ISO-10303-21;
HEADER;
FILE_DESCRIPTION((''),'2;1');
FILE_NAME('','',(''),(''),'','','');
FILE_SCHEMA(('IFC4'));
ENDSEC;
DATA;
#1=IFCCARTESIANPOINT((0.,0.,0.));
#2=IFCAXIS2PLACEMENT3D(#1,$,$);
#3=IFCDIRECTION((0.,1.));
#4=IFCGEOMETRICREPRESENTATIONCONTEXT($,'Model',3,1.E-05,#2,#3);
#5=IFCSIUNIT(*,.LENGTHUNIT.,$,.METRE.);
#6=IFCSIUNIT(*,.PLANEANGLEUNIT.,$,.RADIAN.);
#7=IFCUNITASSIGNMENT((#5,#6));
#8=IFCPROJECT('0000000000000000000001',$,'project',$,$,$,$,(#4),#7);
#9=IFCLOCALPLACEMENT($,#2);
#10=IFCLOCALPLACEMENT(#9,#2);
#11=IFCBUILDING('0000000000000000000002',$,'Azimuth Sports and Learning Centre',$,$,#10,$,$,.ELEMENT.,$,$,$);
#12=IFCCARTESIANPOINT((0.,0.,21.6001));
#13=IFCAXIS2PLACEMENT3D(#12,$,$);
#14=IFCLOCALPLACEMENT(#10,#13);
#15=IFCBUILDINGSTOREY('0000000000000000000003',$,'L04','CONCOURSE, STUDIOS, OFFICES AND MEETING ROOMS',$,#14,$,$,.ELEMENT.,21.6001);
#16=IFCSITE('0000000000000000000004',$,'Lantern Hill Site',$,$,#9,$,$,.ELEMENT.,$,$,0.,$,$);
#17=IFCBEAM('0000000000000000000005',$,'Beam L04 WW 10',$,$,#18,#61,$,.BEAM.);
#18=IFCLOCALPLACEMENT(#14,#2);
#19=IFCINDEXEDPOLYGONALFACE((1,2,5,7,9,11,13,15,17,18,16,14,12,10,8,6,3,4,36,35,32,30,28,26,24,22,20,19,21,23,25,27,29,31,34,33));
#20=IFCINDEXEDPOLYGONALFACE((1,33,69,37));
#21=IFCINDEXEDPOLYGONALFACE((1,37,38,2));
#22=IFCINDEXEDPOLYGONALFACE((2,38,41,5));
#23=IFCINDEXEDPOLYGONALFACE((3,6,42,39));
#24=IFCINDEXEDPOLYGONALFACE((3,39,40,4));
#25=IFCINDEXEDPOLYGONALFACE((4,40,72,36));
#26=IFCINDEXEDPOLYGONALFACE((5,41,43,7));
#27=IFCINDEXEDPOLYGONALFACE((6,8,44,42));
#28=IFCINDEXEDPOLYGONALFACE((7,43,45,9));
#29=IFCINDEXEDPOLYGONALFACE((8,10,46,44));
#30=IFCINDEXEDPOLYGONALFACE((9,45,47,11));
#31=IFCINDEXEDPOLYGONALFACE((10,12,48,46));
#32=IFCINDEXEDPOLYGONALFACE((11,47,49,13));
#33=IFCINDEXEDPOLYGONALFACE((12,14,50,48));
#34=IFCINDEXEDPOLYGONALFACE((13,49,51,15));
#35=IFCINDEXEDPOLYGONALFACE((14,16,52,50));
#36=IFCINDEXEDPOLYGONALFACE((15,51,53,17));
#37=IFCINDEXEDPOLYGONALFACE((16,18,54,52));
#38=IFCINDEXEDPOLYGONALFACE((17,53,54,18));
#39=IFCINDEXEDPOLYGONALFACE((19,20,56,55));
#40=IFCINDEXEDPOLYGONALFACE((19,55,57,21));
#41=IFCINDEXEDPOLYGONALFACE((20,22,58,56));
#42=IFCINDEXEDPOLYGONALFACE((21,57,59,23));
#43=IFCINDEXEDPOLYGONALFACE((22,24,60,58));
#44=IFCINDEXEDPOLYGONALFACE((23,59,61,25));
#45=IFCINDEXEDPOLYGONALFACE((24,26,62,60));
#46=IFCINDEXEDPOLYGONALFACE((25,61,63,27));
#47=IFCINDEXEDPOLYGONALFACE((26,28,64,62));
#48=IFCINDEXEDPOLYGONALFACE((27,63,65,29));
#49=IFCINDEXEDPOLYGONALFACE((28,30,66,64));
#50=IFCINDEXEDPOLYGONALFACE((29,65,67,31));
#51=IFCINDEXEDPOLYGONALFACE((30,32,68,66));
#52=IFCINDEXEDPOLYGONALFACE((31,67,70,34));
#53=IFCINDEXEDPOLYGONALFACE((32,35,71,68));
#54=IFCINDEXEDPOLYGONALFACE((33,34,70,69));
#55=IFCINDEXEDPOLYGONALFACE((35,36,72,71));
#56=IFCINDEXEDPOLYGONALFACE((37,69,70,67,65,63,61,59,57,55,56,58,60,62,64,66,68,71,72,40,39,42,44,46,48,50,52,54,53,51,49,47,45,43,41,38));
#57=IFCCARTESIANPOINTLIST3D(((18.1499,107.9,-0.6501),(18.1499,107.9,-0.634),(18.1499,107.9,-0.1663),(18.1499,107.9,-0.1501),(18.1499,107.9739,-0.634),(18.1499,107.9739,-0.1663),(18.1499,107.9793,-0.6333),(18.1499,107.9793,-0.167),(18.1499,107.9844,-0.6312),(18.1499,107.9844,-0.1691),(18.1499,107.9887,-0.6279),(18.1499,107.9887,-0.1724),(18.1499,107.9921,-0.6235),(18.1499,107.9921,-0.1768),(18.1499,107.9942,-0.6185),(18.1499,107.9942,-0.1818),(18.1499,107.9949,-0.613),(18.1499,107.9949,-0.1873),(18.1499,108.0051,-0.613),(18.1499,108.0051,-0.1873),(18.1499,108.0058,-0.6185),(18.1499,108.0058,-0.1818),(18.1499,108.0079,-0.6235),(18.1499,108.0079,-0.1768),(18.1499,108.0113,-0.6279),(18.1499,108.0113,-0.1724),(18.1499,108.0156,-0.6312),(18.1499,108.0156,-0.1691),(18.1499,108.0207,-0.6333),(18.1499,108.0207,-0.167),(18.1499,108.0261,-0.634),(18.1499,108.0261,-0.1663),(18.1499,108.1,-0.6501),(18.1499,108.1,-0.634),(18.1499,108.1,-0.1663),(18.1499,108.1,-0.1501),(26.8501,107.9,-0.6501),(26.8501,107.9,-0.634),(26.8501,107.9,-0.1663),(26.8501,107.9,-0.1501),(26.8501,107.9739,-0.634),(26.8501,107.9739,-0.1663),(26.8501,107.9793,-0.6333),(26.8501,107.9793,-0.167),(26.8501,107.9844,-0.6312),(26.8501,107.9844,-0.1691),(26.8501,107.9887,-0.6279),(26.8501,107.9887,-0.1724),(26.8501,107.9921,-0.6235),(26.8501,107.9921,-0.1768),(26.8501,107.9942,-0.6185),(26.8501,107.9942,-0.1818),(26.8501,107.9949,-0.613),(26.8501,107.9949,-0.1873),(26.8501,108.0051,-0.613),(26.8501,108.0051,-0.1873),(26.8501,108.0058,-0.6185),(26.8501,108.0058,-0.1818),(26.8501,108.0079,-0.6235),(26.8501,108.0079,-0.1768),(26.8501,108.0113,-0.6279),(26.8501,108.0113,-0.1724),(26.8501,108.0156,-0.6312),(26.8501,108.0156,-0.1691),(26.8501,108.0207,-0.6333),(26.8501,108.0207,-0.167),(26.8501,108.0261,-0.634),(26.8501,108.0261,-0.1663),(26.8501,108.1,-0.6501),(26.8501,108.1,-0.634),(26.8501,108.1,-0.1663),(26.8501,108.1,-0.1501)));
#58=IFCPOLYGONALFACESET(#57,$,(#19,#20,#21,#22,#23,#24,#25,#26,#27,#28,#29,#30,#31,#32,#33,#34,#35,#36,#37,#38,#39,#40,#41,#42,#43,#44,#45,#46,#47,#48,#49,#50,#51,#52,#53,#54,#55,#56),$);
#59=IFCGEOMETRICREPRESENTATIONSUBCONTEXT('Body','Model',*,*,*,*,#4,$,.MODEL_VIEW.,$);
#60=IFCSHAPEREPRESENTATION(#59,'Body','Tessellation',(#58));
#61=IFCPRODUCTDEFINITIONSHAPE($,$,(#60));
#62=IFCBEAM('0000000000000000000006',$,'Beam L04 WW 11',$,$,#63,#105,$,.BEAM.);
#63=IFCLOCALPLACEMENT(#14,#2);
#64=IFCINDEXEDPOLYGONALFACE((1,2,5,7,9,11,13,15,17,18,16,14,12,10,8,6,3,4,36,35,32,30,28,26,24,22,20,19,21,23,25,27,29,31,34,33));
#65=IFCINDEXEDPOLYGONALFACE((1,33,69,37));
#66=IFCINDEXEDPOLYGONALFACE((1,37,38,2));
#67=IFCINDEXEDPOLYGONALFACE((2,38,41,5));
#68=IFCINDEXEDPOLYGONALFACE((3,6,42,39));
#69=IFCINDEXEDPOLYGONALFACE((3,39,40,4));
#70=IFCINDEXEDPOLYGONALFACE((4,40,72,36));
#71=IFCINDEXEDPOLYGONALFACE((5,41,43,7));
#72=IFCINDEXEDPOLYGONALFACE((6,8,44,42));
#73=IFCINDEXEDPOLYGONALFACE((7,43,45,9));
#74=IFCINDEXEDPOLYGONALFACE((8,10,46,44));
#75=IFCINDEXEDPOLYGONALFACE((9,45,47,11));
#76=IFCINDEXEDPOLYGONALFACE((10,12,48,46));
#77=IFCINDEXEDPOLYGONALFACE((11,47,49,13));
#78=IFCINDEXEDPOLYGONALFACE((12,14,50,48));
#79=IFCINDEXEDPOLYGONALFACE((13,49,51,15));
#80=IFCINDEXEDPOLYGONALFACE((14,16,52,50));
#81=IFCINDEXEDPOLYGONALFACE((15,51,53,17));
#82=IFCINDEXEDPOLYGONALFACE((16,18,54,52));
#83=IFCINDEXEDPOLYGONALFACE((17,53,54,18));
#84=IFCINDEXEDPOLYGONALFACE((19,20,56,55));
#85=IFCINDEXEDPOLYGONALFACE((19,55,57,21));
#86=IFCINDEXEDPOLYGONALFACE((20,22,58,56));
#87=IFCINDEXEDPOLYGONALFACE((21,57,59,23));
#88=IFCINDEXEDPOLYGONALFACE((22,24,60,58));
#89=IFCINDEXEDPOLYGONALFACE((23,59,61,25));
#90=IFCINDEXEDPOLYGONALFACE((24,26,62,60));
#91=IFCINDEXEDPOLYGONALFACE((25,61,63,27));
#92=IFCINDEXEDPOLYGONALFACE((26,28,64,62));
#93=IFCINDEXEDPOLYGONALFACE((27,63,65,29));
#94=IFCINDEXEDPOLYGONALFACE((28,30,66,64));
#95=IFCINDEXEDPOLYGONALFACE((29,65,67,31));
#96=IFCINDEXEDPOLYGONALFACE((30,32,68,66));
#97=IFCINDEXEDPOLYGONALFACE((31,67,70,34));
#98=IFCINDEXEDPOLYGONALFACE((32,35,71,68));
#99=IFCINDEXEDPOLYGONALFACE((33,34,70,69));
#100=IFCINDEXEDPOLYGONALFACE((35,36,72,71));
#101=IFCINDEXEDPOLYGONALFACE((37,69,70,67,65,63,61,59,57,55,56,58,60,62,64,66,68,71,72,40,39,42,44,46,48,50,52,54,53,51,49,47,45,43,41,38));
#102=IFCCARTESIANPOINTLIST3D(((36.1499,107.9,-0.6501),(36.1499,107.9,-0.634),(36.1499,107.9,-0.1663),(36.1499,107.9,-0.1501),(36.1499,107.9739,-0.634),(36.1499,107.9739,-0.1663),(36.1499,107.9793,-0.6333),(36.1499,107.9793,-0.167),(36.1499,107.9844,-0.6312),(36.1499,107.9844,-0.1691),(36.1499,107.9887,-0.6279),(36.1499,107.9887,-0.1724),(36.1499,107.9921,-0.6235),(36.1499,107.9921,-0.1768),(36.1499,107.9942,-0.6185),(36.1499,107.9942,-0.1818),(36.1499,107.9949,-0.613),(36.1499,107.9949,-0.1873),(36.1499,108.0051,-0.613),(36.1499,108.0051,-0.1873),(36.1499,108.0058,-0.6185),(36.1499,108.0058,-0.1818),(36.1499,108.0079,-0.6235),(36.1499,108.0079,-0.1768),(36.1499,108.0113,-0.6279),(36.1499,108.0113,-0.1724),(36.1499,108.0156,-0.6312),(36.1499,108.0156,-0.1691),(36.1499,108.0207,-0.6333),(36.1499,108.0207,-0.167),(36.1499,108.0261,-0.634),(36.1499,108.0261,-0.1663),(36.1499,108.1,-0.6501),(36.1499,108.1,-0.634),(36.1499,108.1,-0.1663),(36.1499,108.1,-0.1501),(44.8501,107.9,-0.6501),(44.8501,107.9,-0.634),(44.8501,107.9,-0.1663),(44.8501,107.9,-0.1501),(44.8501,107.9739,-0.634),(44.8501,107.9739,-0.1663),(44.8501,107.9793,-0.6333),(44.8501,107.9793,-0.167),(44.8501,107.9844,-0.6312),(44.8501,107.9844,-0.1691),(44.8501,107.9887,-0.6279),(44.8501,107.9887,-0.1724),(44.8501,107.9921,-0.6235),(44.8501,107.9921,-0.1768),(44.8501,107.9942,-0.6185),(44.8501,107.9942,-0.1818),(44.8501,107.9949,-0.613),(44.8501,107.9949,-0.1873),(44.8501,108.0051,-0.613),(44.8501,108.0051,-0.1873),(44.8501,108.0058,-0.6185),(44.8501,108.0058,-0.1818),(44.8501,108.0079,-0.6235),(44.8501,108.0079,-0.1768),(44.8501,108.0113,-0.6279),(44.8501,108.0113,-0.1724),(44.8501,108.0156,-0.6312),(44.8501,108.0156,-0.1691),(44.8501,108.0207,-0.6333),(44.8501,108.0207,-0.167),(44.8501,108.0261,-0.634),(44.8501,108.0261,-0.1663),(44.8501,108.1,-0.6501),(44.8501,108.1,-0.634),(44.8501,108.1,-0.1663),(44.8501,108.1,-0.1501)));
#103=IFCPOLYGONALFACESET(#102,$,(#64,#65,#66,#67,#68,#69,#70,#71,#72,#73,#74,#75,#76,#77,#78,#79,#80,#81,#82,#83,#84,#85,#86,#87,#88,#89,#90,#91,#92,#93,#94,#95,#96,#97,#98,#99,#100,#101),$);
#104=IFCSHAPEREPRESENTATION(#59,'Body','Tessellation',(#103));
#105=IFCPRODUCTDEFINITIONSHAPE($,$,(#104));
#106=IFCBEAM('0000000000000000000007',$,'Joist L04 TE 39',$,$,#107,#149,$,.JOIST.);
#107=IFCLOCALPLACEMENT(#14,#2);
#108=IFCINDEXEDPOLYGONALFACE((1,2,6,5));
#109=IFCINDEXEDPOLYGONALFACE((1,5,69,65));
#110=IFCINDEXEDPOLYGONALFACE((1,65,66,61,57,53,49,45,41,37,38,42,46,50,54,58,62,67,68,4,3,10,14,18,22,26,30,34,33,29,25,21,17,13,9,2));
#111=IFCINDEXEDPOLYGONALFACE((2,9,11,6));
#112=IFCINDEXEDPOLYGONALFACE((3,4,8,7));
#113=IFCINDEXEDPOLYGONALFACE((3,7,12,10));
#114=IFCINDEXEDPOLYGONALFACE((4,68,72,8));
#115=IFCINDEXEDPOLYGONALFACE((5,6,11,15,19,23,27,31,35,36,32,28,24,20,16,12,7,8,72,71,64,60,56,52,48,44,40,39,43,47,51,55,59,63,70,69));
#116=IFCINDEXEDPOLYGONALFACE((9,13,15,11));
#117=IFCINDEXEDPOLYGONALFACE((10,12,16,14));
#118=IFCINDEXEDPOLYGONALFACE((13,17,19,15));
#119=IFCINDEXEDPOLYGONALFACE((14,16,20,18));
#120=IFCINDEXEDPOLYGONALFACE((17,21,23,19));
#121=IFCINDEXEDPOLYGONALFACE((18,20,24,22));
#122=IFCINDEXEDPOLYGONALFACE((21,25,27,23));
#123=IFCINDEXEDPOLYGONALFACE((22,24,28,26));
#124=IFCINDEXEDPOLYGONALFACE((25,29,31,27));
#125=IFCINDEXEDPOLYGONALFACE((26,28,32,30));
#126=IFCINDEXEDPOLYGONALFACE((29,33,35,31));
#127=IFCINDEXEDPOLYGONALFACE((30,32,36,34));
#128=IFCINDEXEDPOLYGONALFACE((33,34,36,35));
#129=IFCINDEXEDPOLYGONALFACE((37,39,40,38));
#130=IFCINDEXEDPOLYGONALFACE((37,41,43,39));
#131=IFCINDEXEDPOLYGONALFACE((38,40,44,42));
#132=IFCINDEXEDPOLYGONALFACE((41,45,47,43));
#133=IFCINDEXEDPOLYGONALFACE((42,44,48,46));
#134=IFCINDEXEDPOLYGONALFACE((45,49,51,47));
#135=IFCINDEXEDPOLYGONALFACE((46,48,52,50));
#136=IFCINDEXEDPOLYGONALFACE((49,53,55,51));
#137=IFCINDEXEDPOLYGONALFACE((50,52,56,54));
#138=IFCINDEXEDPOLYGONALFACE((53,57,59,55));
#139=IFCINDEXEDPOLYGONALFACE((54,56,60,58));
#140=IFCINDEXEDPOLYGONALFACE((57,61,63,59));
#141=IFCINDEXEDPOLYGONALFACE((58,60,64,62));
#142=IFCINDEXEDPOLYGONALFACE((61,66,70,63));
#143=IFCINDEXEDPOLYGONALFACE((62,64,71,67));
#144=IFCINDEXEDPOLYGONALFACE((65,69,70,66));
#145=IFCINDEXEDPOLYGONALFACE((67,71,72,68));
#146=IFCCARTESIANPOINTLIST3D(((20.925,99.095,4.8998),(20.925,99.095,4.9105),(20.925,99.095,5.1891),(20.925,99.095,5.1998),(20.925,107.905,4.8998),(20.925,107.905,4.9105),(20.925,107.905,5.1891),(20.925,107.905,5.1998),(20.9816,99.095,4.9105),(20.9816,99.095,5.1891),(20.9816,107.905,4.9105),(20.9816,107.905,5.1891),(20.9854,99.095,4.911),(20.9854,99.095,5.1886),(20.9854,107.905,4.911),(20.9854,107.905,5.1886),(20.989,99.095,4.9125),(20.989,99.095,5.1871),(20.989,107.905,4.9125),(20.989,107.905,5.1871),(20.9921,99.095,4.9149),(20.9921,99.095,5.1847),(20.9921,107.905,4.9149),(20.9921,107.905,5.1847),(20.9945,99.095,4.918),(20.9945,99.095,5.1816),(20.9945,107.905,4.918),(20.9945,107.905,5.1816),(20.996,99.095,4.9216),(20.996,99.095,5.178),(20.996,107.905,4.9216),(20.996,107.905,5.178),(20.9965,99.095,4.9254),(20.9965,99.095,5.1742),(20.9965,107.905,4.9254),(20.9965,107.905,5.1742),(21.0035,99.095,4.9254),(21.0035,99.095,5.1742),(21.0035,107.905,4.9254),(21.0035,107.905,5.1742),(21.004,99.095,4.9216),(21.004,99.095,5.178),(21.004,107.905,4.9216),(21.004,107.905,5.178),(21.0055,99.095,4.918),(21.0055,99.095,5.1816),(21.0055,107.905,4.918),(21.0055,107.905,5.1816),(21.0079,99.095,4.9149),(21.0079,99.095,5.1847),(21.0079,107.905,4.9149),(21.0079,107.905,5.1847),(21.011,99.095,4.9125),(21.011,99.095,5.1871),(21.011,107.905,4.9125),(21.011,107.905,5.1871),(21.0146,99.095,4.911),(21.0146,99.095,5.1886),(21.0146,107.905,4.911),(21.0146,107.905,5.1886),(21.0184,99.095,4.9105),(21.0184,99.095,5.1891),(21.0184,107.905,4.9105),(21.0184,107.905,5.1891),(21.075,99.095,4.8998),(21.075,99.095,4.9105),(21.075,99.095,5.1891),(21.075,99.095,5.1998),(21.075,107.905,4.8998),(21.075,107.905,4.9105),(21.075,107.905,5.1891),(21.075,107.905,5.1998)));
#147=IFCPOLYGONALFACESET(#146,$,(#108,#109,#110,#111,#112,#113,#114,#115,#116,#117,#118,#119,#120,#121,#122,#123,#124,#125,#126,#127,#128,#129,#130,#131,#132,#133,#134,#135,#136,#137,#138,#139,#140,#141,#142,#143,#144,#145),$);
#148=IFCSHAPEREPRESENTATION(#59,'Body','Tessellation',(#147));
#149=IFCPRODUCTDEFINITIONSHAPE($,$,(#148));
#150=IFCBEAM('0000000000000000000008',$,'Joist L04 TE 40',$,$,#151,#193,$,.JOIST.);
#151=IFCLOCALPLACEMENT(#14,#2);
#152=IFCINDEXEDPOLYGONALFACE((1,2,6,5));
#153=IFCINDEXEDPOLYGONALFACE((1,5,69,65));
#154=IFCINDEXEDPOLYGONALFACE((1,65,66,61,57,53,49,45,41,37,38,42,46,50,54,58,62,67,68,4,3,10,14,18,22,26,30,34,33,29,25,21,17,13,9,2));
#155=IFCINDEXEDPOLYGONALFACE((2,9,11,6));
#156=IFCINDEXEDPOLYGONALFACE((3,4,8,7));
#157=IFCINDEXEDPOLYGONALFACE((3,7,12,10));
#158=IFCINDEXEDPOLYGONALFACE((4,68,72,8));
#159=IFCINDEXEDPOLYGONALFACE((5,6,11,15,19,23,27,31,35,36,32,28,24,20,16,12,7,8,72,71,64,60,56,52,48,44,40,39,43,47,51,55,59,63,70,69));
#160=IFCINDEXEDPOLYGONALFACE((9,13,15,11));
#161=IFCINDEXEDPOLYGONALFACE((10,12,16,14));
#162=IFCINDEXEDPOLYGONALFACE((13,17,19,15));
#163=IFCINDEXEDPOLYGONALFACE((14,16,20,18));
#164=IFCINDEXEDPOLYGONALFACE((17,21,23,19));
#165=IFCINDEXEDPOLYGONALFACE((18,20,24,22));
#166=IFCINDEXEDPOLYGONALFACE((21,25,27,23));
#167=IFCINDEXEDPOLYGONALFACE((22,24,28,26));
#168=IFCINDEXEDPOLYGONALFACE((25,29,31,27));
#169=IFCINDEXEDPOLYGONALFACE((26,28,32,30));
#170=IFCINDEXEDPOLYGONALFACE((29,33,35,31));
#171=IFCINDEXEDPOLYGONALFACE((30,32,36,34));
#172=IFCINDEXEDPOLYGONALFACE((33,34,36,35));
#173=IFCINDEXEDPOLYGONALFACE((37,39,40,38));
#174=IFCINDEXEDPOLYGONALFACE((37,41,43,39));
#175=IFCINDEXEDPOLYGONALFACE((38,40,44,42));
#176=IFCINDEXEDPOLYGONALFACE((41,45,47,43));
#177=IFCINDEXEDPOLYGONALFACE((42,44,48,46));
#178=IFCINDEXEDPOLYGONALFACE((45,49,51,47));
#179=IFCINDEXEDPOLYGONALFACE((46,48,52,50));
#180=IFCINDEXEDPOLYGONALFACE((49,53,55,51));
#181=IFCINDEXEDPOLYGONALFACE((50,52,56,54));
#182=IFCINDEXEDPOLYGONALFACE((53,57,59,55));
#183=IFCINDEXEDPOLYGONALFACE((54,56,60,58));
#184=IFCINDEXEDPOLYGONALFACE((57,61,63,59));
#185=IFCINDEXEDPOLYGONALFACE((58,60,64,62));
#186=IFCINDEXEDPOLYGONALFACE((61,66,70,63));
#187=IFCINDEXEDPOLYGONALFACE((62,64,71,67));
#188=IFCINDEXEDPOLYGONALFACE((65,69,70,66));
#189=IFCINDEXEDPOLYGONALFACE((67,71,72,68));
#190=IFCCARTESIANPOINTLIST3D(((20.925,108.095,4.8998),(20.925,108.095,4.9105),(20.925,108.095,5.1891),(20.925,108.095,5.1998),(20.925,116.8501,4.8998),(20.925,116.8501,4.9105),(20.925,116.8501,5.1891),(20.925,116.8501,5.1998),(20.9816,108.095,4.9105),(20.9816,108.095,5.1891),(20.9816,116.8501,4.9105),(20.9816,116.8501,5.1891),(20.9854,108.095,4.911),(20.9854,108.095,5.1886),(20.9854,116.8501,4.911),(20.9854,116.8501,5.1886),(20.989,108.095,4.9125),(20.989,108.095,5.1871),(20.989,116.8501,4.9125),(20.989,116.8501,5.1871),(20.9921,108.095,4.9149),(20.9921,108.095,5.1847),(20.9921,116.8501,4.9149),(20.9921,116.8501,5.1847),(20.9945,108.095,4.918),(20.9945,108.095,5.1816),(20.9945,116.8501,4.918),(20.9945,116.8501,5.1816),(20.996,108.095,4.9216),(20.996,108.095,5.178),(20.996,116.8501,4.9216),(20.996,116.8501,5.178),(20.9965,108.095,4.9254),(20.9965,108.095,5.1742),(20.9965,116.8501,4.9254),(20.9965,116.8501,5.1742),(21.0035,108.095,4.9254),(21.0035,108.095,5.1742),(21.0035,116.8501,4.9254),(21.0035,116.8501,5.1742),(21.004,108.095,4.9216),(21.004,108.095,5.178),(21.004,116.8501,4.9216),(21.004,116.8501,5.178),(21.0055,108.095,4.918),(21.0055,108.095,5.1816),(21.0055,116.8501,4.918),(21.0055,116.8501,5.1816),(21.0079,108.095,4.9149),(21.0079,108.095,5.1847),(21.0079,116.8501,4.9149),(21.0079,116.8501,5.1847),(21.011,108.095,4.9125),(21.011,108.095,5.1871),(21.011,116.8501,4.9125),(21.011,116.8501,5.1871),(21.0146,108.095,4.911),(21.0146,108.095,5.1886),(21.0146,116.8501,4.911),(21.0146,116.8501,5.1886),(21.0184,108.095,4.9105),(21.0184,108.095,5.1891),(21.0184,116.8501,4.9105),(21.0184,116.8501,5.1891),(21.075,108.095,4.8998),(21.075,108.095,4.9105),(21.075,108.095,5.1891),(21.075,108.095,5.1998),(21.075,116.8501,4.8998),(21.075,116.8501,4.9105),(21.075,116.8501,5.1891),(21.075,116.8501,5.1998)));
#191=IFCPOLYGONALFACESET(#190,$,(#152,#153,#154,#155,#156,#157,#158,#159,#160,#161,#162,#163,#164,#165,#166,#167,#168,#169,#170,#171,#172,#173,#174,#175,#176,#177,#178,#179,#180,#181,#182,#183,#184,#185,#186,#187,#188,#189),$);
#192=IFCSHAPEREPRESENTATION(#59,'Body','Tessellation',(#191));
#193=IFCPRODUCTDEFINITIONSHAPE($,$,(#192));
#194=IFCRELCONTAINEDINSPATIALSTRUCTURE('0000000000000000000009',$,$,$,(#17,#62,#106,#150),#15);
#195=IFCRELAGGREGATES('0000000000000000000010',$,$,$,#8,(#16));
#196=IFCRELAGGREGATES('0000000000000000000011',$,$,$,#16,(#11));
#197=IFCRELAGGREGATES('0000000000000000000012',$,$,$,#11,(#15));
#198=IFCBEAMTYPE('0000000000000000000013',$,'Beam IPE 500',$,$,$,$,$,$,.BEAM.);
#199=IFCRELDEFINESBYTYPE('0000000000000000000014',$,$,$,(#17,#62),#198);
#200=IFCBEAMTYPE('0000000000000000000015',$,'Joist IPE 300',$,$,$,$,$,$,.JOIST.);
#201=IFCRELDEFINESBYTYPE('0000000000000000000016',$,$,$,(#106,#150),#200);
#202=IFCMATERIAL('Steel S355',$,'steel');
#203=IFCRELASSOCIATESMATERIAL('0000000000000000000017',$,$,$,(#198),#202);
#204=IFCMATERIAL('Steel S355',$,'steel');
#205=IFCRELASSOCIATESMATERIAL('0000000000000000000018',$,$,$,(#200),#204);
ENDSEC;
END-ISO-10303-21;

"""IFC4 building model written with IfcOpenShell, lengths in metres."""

from ifc_helpers import new_model, si_unit, direction, frame, origin, origin_2d, place, context, subcontext, project, spatial, i_section, extrude, material, material_profile, profile_set, type_object, element, save


model = new_model("IFC4")

# Units and contexts
model_context = context("Model", 3, precision=1e-05, world=origin(), true_north=direction((0.0, 1.0)))
body_context = subcontext(model_context, "Body", "Model", "MODEL_VIEW")
ifc_project = project(units=[si_unit("LENGTHUNIT", "METRE"), si_unit("PLANEANGLEUNIT", "RADIAN")], contexts=[model_context])

# Site, building, storey
site_placement = place(None, origin())
site = spatial("IfcSite", under=ifc_project, at=site_placement, Name="Lantern Hill Site", CompositionType="ELEMENT", RefElevation=0.0)
building_placement = place(site_placement, origin())
building = spatial("IfcBuilding", under=site, at=building_placement, Name="Azimuth Sports and Learning Centre", CompositionType="ELEMENT")
storey_placement = place(building_placement, frame((0.0, 0.0, 21.6001)))
storey = spatial("IfcBuildingStorey", under=building, at=storey_placement, Name="L04", Description="CONCOURSE, STUDIOS, OFFICES AND MEETING ROOMS", CompositionType="ELEMENT", Elevation=21.6001)

# Beams
ifc_material_1 = material(Name="Steel S355", Category="steel")
ifc_material_profile_1 = material_profile(ifc_material_1, i_section(OverallWidth=0.2, OverallDepth=0.5, WebThickness=0.0103, FlangeThickness=0.0161, FilletRadius=0.021, at=origin_2d()), Name="IPE 500")
ifc_profile_set_1 = profile_set([ifc_material_profile_1], Name="Steel S355")
beam_type_1 = type_object("IfcBeamType", Name="Beam IPE 500", PredefinedType="BEAM", material=ifc_profile_set_1)
for number, where, z_axis, x_axis, name in (
    (1, (18.1499, 108.0, -0.4001), (1.0, 0.0, 0.0), (0.0, 1.0, 0.0), "Beam L04 WW 10"),
    (2, (36.1499, 108.0, -0.4001), (1.0, 0.0, 0.0), (0.0, 1.0, 0.0), "Beam L04 WW 11"),
):
    element("IfcBeam", number, at=place(storey_placement, frame(where, z_axis=z_axis, x_axis=x_axis)), inside=storey, type_object=beam_type_1, Name=name, PredefinedType="BEAM", context=body_context, shape_type="SweptSolid", body=[
        extrude(i_section(OverallWidth=0.2, OverallDepth=0.5, WebThickness=0.0103, FlangeThickness=0.0161, FilletRadius=0.021, at=origin_2d()), origin(), (0.0, 0.0, 1.0), 8.7002),
    ])
ifc_material_2 = material(Name="Steel S355", Category="steel")
ifc_material_profile_2 = material_profile(ifc_material_2, i_section(OverallWidth=0.1499, OverallDepth=0.3, WebThickness=0.0071, FlangeThickness=0.0107, FilletRadius=0.0149, at=origin_2d()), Name="IPE 300")
ifc_profile_set_2 = profile_set([ifc_material_profile_2], Name="Steel S355")
beam_type_2 = type_object("IfcBeamType", Name="Joist IPE 300", PredefinedType="JOIST", material=ifc_profile_set_2)
beam_1_placement = place(storey_placement, frame((21.0, 99.095, 5.0498), z_axis=(0.0, 1.0, 0.0), x_axis=(-1.0, 0.0, 0.0)))
element("IfcBeam", 3, at=beam_1_placement, inside=storey, type_object=beam_type_2, Name="Joist L04 TE 39", PredefinedType="JOIST", context=body_context, shape_type="SweptSolid", body=[
    extrude(i_section(OverallWidth=0.1499, OverallDepth=0.3, WebThickness=0.0071, FlangeThickness=0.0107, FilletRadius=0.0149, at=origin_2d()), origin(), (0.0, 0.0, 1.0), 8.8101),
])
beam_2_placement = place(storey_placement, frame((21.0, 108.095, 5.0498), z_axis=(0.0, 1.0, 0.0), x_axis=(-1.0, 0.0, 0.0)))
element("IfcBeam", 4, at=beam_2_placement, inside=storey, type_object=beam_type_2, Name="Joist L04 TE 40", PredefinedType="JOIST", context=body_context, shape_type="SweptSolid", body=[
    extrude(i_section(OverallWidth=0.1499, OverallDepth=0.3, WebThickness=0.0071, FlangeThickness=0.0107, FilletRadius=0.0149, at=origin_2d()), origin(), (0.0, 0.0, 1.0), 8.7551),
])

save(model, "model.ifc")
